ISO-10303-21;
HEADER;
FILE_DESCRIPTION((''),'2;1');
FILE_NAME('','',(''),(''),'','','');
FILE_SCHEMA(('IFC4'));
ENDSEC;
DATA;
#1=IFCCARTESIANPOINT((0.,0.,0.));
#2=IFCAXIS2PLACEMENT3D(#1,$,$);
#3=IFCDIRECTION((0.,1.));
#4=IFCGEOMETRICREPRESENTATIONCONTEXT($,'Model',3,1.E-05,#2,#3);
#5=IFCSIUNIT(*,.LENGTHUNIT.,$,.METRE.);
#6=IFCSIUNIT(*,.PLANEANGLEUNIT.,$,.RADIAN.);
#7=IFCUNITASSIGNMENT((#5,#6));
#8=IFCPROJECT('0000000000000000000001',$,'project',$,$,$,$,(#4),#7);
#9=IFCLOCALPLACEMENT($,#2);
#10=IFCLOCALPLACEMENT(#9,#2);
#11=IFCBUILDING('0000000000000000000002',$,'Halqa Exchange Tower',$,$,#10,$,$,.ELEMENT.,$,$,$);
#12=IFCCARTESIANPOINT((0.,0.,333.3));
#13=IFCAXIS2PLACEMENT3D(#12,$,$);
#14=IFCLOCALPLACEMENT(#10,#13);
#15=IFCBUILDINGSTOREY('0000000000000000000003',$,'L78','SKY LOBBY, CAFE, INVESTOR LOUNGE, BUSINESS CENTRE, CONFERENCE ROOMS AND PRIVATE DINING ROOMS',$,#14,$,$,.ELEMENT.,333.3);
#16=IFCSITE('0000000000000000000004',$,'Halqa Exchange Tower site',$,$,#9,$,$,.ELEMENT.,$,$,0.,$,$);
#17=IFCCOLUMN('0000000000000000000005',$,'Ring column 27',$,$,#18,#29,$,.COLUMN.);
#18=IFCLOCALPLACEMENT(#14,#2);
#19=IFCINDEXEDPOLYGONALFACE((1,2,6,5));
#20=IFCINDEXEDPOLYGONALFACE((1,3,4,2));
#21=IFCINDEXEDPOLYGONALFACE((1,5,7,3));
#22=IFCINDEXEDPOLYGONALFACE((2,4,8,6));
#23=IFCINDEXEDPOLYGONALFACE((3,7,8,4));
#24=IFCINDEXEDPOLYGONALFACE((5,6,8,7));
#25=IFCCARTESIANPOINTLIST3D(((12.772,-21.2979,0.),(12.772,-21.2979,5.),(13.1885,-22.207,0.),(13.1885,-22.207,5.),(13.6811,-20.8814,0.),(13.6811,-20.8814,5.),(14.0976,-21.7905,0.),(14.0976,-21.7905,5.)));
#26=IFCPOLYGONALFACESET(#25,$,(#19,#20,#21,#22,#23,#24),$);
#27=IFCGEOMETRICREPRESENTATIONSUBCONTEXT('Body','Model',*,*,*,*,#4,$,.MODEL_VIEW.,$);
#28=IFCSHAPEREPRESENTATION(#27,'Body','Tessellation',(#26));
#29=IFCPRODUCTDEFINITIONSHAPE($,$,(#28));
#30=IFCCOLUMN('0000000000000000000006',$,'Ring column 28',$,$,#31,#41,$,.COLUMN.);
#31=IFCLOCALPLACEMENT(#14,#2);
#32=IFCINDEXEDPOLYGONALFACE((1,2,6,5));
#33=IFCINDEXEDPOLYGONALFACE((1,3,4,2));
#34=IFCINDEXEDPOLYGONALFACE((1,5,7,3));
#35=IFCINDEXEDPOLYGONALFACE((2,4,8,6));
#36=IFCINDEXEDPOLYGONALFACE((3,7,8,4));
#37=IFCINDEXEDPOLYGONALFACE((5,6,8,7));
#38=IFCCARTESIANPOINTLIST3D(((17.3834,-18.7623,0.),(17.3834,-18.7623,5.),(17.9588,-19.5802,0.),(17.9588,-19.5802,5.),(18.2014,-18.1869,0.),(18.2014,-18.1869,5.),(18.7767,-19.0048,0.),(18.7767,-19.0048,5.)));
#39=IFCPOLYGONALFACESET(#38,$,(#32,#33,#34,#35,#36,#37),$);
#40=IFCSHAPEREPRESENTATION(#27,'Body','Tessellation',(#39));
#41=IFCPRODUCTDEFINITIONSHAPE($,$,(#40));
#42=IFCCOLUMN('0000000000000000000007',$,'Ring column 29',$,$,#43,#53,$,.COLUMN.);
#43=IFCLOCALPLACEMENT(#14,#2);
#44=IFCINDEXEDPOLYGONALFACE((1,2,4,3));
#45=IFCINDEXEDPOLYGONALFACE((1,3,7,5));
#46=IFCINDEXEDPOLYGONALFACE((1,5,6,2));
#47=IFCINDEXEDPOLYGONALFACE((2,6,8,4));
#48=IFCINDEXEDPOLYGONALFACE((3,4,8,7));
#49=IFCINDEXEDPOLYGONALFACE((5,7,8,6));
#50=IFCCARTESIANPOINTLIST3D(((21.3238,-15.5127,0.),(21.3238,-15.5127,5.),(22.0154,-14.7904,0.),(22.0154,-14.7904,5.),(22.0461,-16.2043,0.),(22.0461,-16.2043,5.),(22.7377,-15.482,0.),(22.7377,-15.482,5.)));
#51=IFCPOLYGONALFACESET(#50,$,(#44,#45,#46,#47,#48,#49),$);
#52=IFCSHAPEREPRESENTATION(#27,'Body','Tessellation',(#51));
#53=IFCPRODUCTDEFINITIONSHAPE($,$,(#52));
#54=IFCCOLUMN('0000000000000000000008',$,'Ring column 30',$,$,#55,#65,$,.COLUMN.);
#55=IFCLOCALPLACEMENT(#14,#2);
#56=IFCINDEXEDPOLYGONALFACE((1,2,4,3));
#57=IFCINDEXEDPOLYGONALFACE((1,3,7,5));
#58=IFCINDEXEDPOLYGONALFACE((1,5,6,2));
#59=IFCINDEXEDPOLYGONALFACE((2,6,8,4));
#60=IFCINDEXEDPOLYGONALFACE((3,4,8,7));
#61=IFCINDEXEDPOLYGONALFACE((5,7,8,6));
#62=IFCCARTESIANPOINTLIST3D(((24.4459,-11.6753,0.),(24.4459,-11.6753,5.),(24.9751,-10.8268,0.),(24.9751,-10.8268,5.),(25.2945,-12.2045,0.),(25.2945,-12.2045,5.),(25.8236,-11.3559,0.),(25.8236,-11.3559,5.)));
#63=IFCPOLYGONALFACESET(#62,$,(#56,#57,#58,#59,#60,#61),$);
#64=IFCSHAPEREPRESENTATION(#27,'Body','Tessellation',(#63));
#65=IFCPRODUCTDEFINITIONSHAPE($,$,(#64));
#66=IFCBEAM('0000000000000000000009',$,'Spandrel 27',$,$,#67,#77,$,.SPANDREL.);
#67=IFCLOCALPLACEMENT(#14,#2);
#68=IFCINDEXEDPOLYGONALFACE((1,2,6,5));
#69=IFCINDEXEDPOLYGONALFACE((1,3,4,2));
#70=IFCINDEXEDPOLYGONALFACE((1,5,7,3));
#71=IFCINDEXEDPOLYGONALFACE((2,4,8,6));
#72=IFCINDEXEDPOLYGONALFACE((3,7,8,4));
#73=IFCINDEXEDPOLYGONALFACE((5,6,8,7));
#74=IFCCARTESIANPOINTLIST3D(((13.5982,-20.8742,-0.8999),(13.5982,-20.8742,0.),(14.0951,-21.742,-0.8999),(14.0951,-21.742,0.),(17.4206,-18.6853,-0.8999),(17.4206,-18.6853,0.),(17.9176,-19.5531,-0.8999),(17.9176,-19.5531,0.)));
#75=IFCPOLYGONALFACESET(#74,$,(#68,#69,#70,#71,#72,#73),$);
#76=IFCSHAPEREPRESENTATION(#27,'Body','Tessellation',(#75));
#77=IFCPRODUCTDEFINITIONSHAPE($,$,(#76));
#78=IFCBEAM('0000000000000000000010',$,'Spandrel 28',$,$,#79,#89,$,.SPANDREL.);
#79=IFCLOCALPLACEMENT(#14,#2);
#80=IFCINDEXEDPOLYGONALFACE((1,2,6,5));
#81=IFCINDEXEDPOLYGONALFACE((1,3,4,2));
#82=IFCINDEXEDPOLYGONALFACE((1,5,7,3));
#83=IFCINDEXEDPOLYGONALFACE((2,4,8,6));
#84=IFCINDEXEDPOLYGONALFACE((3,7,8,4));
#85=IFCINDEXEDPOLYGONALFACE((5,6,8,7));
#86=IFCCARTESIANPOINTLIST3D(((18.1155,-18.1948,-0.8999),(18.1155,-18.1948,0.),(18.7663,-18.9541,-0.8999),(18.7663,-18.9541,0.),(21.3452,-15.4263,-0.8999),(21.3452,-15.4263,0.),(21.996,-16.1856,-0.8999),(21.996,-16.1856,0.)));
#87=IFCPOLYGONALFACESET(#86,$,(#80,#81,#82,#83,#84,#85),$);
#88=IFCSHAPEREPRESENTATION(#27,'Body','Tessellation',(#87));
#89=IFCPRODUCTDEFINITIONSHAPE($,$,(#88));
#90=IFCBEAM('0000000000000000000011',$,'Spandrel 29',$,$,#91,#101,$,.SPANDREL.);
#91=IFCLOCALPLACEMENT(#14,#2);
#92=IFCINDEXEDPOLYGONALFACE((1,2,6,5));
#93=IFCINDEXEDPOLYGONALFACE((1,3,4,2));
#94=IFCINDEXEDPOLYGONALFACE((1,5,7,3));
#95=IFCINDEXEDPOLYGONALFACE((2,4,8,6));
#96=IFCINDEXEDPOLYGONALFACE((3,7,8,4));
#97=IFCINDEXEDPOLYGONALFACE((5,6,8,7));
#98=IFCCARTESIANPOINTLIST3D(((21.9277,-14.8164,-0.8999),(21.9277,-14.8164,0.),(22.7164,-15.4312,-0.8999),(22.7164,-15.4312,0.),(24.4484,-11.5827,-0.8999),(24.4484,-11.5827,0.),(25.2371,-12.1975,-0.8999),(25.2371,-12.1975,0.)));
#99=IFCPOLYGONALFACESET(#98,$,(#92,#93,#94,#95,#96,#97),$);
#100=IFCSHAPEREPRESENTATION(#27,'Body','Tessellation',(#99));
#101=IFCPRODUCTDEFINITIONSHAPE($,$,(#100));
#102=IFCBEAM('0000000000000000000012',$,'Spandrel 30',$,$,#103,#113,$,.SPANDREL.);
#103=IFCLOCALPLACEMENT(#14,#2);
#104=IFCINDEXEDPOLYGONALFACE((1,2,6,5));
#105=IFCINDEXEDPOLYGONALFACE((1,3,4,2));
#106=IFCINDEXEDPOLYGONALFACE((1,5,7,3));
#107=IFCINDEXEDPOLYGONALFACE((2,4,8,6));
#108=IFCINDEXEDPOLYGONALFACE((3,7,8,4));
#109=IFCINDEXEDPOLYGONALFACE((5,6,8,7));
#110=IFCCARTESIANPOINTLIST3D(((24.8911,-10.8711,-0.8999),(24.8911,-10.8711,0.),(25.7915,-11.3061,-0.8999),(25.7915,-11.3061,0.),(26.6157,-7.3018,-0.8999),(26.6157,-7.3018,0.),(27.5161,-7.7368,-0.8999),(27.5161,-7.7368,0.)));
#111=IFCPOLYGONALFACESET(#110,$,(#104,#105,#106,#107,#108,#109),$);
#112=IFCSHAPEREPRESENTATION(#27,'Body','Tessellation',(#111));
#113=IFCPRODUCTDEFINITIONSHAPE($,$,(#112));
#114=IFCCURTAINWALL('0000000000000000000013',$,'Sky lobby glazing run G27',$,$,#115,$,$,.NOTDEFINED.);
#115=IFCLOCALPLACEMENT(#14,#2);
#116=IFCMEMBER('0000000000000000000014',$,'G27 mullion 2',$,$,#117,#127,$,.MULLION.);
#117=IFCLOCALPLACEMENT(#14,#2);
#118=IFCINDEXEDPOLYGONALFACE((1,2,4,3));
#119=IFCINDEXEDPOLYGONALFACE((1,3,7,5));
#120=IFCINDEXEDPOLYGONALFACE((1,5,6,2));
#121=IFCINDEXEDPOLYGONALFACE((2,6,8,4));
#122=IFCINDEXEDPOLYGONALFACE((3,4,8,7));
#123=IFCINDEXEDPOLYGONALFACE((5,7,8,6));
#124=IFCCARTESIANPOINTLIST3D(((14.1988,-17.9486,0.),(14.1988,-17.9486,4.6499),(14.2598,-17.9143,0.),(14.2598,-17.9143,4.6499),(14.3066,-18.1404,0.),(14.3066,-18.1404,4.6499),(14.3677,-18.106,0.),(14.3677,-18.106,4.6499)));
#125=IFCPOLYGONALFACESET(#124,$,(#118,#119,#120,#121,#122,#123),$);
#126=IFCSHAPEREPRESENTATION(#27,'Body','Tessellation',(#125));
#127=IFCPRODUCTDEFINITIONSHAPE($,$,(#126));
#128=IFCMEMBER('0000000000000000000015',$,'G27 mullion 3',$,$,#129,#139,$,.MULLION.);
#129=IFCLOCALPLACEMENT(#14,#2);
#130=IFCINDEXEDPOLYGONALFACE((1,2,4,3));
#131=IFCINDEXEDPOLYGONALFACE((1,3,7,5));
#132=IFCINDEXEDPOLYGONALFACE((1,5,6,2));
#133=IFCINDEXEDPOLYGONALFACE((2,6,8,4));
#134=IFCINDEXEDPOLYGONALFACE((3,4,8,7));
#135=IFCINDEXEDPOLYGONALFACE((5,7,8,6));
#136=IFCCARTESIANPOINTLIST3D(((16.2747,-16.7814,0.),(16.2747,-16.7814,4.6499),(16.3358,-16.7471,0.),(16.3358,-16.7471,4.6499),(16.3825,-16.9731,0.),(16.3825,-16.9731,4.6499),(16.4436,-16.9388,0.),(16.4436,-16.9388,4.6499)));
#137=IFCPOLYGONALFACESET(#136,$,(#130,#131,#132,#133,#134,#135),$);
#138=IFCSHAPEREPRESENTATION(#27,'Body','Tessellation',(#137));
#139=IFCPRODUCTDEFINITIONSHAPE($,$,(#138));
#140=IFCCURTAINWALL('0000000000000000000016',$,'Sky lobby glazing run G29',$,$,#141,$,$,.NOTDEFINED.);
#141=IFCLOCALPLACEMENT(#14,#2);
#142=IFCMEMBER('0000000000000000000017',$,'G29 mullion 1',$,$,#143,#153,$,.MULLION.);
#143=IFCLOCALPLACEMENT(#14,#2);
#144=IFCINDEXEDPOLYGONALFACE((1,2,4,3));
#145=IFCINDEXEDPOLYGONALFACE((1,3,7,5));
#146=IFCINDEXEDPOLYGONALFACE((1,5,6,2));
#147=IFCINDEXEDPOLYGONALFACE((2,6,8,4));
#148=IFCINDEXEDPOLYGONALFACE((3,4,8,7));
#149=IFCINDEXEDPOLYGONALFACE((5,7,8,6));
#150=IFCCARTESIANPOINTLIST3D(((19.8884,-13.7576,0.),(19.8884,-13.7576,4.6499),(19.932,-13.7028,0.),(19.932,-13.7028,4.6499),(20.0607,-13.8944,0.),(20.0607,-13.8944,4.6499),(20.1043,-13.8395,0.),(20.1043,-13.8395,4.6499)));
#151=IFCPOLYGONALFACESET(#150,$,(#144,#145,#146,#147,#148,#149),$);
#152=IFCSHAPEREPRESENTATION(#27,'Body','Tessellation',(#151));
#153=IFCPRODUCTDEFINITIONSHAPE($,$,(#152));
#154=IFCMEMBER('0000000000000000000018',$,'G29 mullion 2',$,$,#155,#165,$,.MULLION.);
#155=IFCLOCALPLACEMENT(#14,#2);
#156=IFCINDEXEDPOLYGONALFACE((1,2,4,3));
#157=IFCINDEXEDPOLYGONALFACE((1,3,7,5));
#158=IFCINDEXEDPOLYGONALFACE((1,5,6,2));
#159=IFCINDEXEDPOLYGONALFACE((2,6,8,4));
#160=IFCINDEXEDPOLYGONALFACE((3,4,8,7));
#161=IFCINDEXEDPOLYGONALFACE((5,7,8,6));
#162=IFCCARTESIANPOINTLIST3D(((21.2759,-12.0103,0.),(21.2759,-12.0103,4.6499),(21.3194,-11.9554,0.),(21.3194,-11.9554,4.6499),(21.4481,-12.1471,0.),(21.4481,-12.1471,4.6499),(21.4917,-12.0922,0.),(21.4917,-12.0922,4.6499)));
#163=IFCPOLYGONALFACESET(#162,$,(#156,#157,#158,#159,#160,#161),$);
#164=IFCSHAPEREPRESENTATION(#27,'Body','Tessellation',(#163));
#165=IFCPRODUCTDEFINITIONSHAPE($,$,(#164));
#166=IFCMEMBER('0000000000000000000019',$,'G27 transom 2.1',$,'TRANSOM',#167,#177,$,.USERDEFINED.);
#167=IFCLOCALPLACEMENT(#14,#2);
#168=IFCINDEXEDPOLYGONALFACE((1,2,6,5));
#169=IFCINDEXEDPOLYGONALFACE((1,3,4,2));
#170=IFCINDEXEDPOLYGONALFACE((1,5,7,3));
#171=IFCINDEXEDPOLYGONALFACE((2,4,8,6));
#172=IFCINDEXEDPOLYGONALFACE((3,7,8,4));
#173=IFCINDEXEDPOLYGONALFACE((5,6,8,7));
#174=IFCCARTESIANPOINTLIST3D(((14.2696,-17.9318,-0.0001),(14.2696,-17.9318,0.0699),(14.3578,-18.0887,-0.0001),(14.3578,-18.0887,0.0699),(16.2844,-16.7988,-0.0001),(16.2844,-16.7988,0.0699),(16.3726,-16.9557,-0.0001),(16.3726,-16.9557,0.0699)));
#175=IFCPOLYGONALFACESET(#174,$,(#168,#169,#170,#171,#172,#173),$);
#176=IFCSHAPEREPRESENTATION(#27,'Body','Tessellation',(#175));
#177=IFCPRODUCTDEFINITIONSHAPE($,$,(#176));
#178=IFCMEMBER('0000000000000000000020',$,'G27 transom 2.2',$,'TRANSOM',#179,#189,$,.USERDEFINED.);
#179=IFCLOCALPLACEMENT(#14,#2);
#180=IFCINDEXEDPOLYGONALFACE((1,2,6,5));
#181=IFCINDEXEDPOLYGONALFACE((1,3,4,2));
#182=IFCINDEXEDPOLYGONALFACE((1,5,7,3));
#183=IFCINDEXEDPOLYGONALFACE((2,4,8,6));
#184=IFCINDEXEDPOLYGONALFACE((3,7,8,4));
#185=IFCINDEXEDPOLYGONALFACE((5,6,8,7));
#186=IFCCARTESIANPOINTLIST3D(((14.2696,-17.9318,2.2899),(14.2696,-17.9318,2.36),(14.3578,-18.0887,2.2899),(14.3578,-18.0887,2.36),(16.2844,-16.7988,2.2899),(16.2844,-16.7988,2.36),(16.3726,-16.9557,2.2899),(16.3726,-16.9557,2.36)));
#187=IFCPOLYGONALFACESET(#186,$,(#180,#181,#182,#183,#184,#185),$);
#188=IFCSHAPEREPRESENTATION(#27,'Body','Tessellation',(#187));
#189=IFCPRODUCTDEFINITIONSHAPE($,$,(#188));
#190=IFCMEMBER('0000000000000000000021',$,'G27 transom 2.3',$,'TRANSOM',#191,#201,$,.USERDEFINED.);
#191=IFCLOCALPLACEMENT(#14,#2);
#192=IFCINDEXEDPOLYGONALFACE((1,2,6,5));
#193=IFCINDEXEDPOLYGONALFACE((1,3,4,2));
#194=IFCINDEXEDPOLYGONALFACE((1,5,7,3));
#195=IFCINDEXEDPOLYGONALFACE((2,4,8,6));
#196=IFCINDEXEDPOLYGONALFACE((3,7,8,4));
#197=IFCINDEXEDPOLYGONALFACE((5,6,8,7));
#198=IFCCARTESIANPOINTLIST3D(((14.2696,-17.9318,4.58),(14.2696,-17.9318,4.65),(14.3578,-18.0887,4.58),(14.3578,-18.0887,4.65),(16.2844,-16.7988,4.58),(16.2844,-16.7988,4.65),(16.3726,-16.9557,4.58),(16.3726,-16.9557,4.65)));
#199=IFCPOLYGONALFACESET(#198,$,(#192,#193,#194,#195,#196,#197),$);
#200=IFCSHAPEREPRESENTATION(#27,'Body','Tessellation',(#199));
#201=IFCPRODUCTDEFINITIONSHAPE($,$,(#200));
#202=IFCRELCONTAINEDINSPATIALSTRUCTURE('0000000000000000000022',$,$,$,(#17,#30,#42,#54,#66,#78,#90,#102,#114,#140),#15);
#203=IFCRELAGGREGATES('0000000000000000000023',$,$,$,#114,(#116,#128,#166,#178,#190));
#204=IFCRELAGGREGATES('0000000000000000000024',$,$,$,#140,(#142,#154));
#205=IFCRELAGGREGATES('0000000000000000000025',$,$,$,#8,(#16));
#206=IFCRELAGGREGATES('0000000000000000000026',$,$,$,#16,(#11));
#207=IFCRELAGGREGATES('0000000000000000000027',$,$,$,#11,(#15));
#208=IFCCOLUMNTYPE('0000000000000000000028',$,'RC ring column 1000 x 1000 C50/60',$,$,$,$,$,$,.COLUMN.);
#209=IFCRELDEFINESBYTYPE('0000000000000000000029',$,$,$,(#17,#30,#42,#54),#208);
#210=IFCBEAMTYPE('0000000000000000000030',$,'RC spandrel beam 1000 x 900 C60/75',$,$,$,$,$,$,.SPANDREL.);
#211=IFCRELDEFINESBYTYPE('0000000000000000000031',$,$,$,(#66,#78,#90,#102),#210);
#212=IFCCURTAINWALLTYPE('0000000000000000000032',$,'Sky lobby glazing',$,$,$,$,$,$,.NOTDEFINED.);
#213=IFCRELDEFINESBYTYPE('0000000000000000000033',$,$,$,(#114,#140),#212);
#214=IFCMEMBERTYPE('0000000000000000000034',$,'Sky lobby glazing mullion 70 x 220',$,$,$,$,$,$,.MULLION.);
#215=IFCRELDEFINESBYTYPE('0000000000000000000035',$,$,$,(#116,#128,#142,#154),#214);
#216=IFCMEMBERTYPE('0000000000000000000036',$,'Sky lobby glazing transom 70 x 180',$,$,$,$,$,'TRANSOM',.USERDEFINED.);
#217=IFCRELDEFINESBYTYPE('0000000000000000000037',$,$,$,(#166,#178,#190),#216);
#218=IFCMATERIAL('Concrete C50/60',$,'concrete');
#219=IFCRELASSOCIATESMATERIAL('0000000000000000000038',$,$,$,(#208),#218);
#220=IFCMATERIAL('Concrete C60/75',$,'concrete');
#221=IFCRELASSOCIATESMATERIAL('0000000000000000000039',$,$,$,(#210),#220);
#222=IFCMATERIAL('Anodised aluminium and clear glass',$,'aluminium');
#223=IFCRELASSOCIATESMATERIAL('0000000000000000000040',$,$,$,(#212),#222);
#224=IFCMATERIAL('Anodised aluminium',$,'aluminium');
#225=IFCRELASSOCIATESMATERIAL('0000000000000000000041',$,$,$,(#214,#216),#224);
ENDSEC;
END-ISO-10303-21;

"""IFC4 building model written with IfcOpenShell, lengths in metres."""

from ifc_helpers import new_model, si_unit, direction, frame, origin, origin_2d, place, context, subcontext, project, spatial, rectangle, extrude, material, material_profile, profile_set, type_object, element, aggregate, save


model = new_model("IFC4")

# Units and contexts
model_context = context("Model", 3, precision=1e-05, world=origin(), true_north=direction((0.0, 1.0)))
body_context = subcontext(model_context, "Body", "Model", "MODEL_VIEW")
ifc_project = project(units=[si_unit("LENGTHUNIT", "METRE"), si_unit("PLANEANGLEUNIT", "RADIAN")], contexts=[model_context])

# Site, building, storey
site_placement = place(None, origin())
site = spatial("IfcSite", under=ifc_project, at=site_placement, Name="Halqa Exchange Tower site", CompositionType="ELEMENT", RefElevation=0.0)
building_placement = place(site_placement, origin())
building = spatial("IfcBuilding", under=site, at=building_placement, Name="Halqa Exchange Tower", CompositionType="ELEMENT")
storey_placement = place(building_placement, frame((0.0, 0.0, 333.3)))
storey = spatial("IfcBuildingStorey", under=building, at=storey_placement, Name="L78", Description="SKY LOBBY, CAFE, INVESTOR LOUNGE, BUSINESS CENTRE, CONFERENCE ROOMS AND PRIVATE DINING ROOMS", CompositionType="ELEMENT", Elevation=333.3)

# Columns
ifc_material_1 = material(Name="Concrete C50/60", Category="concrete")
ifc_material_profile_1 = material_profile(ifc_material_1, rectangle(XDim=1.0, YDim=1.0, at=origin_2d()), Name="1000 x 1000")
ifc_profile_set_1 = profile_set([ifc_material_profile_1], Name="Concrete C50/60")
column_type = type_object("IfcColumnType", Name="RC ring column 1000 x 1000 C50/60", PredefinedType="COLUMN", material=ifc_profile_set_1)
for number, where, z_axis, x_axis, name in (
    (1, (13.4348, -21.5442, 0.0), (0.0, 0.0, 1.0), (0.909129, 0.416516, 0.0), "Ring column 27"),
    (2, (18.0801, -18.8835, 0.0), (0.0, 0.0, 1.0), (0.817907, 0.575351, 0.0), "Ring column 28"),
    (3, (22.0308, -15.4973, 0.0), (0.0, 0.0, 1.0), (0.691579, 0.722301, 0.0), "Ring column 29"),
    (4, (25.1348, -11.5156, 0.0), (0.0, 0.0, 1.0), (0.52914, 0.848534, 0.0), "Ring column 30"),
):
    element("IfcColumn", number, at=place(storey_placement, frame(where, z_axis=z_axis, x_axis=x_axis)), inside=storey, type_object=column_type, Name=name, PredefinedType="COLUMN", context=body_context, shape_type="SweptSolid", body=[
        extrude(rectangle(XDim=1.0, YDim=1.0, at=origin_2d()), origin(), (0.0, 0.0, 1.0), 5.0),
    ])

# Beams
ifc_material_2 = material(Name="Concrete C60/75", Category="concrete")
ifc_material_profile_2 = material_profile(ifc_material_2, rectangle(XDim=1.0, YDim=0.8999, at=origin_2d()), Name="1000 x 900")
ifc_profile_set_2 = profile_set([ifc_material_profile_2], Name="Concrete C60/75")
beam_type = type_object("IfcBeamType", Name="RC spandrel beam 1000 x 900 C60/75", PredefinedType="SPANDREL", material=ifc_profile_set_2)
beam_1_placement = place(storey_placement, frame((13.8467, -21.3081, -0.45), z_axis=(0.867786, 0.496939, 0.0), x_axis=(-0.496939, 0.867786, 0.0)))
element("IfcBeam", 5, at=beam_1_placement, inside=storey, type_object=beam_type, Name="Spandrel 27", PredefinedType="SPANDREL", context=body_context, shape_type="SweptSolid", body=[
    extrude(rectangle(XDim=1.0, YDim=0.8999, at=origin_2d()), origin(), (0.0, 0.0, 1.0), 4.4048),
])
beam_2_placement = place(storey_placement, frame((18.4409, -18.5745, -0.45), z_axis=(0.759232, 0.65082, 0.0), x_axis=(-0.65082, 0.759232, 0.0)))
element("IfcBeam", 6, at=beam_2_placement, inside=storey, type_object=beam_type, Name="Spandrel 28", PredefinedType="SPANDREL", context=body_context, shape_type="SweptSolid", body=[
    extrude(rectangle(XDim=1.0, YDim=0.8999, at=origin_2d()), origin(), (0.0, 0.0, 1.0), 4.2539),
])
beam_3_placement = place(storey_placement, frame((22.322, -15.1238, -0.45), z_axis=(0.614806, 0.788678, 0.0), x_axis=(-0.788678, 0.614806, 0.0)))
element("IfcBeam", 7, at=beam_3_placement, inside=storey, type_object=beam_type, Name="Spandrel 29", PredefinedType="SPANDREL", context=body_context, shape_type="SweptSolid", body=[
    extrude(rectangle(XDim=1.0, YDim=0.8999, at=origin_2d()), origin(), (0.0, 0.0, 1.0), 4.1001),
])
beam_4_placement = place(storey_placement, frame((25.3413, -11.0886, -0.45), z_axis=(0.435052, 0.900405, 0.0), x_axis=(-0.900405, 0.435052, 0.0)))
element("IfcBeam", 8, at=beam_4_placement, inside=storey, type_object=beam_type, Name="Spandrel 30", PredefinedType="SPANDREL", context=body_context, shape_type="SweptSolid", body=[
    extrude(rectangle(XDim=1.0, YDim=0.8999, at=origin_2d()), origin(), (0.0, 0.0, 1.0), 3.9641),
])

# Curtain walls, members
ifc_material_3 = material(Name="Anodised aluminium and clear glass", Category="aluminium")
curtain_wall_type = type_object("IfcCurtainWallType", Name="Sky lobby glazing", PredefinedType="NOTDEFINED", material=ifc_material_3)
curtain_wall_1_placement = place(storey_placement, origin())
curtain_wall_1 = element("IfcCurtainWall", 9, at=curtain_wall_1_placement, inside=storey, type_object=curtain_wall_type, Name="Sky lobby glazing run G27", PredefinedType="NOTDEFINED")
ifc_material_4 = material(Name="Anodised aluminium", Category="aluminium")
ifc_material_profile_3 = material_profile(ifc_material_4, rectangle(XDim=0.22, YDim=0.0701, at=origin_2d()), Name="AL 70x220")
ifc_profile_set_3 = profile_set([ifc_material_profile_3], Name="Anodised aluminium")
member_type_1 = type_object("IfcMemberType", Name="Sky lobby glazing mullion 70 x 220", PredefinedType="MULLION", material=ifc_profile_set_3)
member_1_placement = place(storey_placement, frame((14.2832, -18.0273, 0.0), z_axis=(0.0, 0.0, 1.0), x_axis=(-0.490158, 0.871634, 0.0)))
member_1 = element("IfcMember", 10, at=member_1_placement, type_object=member_type_1, Name="G27 mullion 2", PredefinedType="MULLION", context=body_context, shape_type="SweptSolid", body=[
    extrude(rectangle(XDim=0.22, YDim=0.0701, at=origin_2d()), origin(), (0.0, 0.0, 1.0), 4.6499),
])
member_2_placement = place(storey_placement, frame((16.3591, -16.8601, 0.0), z_axis=(0.0, 0.0, 1.0), x_axis=(-0.490158, 0.871634, 0.0)))
member_2 = element("IfcMember", 11, at=member_2_placement, type_object=member_type_1, Name="G27 mullion 3", PredefinedType="MULLION", context=body_context, shape_type="SweptSolid", body=[
    extrude(rectangle(XDim=0.22, YDim=0.0701, at=origin_2d()), origin(), (0.0, 0.0, 1.0), 4.6499),
])
curtain_wall_2_placement = place(storey_placement, origin())
curtain_wall_2 = element("IfcCurtainWall", 12, at=curtain_wall_2_placement, inside=storey, type_object=curtain_wall_type, Name="Sky lobby glazing run G29", PredefinedType="NOTDEFINED")
member_3_placement = place(storey_placement, frame((19.9963, -13.7986, 0.0), z_axis=(0.0, 0.0, 1.0), x_axis=(-0.783162, 0.621817, 0.0)))
member_3 = element("IfcMember", 13, at=member_3_placement, type_object=member_type_1, Name="G29 mullion 1", PredefinedType="MULLION", context=body_context, shape_type="SweptSolid", body=[
    extrude(rectangle(XDim=0.22, YDim=0.0701, at=origin_2d()), origin(), (0.0, 0.0, 1.0), 4.6499),
])
member_4_placement = place(storey_placement, frame((21.3838, -12.0513, 0.0), z_axis=(0.0, 0.0, 1.0), x_axis=(-0.783162, 0.621817, 0.0)))
member_4 = element("IfcMember", 14, at=member_4_placement, type_object=member_type_1, Name="G29 mullion 2", PredefinedType="MULLION", context=body_context, shape_type="SweptSolid", body=[
    extrude(rectangle(XDim=0.22, YDim=0.0701, at=origin_2d()), origin(), (0.0, 0.0, 1.0), 4.6499),
])

# Members
ifc_material_profile_4 = material_profile(ifc_material_4, rectangle(XDim=0.1799, YDim=0.0701, at=origin_2d()), Name="AL 70x180")
ifc_profile_set_4 = profile_set([ifc_material_profile_4], Name="Anodised aluminium")
member_type_2 = type_object("IfcMemberType", Name="Sky lobby glazing transom 70 x 180", ElementType="TRANSOM", PredefinedType="USERDEFINED", material=ifc_profile_set_4)
member_5_placement = place(storey_placement, frame((14.3137, -18.0103, 0.0349), z_axis=(0.871635, 0.490156, 0.0), x_axis=(-0.490156, 0.871635, 0.0)))
member_5 = element("IfcMember", 15, at=member_5_placement, type_object=member_type_2, Name="G27 transom 2.1", ObjectType="TRANSOM", PredefinedType="USERDEFINED", context=body_context, shape_type="SweptSolid", body=[
    extrude(rectangle(XDim=0.1799, YDim=0.0701, at=origin_2d()), origin(), (0.0, 0.0, 1.0), 2.3115),
])
member_6_placement = place(storey_placement, frame((14.3137, -18.0103, 2.325), z_axis=(0.871635, 0.490156, 0.0), x_axis=(-0.490156, 0.871635, 0.0)))
member_6 = element("IfcMember", 16, at=member_6_placement, type_object=member_type_2, Name="G27 transom 2.2", ObjectType="TRANSOM", PredefinedType="USERDEFINED", context=body_context, shape_type="SweptSolid", body=[
    extrude(rectangle(XDim=0.1799, YDim=0.0701, at=origin_2d()), origin(), (0.0, 0.0, 1.0), 2.3115),
])
member_7_placement = place(storey_placement, frame((14.3137, -18.0103, 4.615), z_axis=(0.871635, 0.490156, 0.0), x_axis=(-0.490156, 0.871635, 0.0)))
member_7 = element("IfcMember", 17, at=member_7_placement, type_object=member_type_2, Name="G27 transom 2.3", ObjectType="TRANSOM", PredefinedType="USERDEFINED", context=body_context, shape_type="SweptSolid", body=[
    extrude(rectangle(XDim=0.1799, YDim=0.0701, at=origin_2d()), origin(), (0.0, 0.0, 1.0), 2.3115),
])

aggregate(curtain_wall_1, [member_1, member_2, member_5, member_6, member_7])
aggregate(curtain_wall_2, [member_3, member_4])

save(model, "model.ifc")
